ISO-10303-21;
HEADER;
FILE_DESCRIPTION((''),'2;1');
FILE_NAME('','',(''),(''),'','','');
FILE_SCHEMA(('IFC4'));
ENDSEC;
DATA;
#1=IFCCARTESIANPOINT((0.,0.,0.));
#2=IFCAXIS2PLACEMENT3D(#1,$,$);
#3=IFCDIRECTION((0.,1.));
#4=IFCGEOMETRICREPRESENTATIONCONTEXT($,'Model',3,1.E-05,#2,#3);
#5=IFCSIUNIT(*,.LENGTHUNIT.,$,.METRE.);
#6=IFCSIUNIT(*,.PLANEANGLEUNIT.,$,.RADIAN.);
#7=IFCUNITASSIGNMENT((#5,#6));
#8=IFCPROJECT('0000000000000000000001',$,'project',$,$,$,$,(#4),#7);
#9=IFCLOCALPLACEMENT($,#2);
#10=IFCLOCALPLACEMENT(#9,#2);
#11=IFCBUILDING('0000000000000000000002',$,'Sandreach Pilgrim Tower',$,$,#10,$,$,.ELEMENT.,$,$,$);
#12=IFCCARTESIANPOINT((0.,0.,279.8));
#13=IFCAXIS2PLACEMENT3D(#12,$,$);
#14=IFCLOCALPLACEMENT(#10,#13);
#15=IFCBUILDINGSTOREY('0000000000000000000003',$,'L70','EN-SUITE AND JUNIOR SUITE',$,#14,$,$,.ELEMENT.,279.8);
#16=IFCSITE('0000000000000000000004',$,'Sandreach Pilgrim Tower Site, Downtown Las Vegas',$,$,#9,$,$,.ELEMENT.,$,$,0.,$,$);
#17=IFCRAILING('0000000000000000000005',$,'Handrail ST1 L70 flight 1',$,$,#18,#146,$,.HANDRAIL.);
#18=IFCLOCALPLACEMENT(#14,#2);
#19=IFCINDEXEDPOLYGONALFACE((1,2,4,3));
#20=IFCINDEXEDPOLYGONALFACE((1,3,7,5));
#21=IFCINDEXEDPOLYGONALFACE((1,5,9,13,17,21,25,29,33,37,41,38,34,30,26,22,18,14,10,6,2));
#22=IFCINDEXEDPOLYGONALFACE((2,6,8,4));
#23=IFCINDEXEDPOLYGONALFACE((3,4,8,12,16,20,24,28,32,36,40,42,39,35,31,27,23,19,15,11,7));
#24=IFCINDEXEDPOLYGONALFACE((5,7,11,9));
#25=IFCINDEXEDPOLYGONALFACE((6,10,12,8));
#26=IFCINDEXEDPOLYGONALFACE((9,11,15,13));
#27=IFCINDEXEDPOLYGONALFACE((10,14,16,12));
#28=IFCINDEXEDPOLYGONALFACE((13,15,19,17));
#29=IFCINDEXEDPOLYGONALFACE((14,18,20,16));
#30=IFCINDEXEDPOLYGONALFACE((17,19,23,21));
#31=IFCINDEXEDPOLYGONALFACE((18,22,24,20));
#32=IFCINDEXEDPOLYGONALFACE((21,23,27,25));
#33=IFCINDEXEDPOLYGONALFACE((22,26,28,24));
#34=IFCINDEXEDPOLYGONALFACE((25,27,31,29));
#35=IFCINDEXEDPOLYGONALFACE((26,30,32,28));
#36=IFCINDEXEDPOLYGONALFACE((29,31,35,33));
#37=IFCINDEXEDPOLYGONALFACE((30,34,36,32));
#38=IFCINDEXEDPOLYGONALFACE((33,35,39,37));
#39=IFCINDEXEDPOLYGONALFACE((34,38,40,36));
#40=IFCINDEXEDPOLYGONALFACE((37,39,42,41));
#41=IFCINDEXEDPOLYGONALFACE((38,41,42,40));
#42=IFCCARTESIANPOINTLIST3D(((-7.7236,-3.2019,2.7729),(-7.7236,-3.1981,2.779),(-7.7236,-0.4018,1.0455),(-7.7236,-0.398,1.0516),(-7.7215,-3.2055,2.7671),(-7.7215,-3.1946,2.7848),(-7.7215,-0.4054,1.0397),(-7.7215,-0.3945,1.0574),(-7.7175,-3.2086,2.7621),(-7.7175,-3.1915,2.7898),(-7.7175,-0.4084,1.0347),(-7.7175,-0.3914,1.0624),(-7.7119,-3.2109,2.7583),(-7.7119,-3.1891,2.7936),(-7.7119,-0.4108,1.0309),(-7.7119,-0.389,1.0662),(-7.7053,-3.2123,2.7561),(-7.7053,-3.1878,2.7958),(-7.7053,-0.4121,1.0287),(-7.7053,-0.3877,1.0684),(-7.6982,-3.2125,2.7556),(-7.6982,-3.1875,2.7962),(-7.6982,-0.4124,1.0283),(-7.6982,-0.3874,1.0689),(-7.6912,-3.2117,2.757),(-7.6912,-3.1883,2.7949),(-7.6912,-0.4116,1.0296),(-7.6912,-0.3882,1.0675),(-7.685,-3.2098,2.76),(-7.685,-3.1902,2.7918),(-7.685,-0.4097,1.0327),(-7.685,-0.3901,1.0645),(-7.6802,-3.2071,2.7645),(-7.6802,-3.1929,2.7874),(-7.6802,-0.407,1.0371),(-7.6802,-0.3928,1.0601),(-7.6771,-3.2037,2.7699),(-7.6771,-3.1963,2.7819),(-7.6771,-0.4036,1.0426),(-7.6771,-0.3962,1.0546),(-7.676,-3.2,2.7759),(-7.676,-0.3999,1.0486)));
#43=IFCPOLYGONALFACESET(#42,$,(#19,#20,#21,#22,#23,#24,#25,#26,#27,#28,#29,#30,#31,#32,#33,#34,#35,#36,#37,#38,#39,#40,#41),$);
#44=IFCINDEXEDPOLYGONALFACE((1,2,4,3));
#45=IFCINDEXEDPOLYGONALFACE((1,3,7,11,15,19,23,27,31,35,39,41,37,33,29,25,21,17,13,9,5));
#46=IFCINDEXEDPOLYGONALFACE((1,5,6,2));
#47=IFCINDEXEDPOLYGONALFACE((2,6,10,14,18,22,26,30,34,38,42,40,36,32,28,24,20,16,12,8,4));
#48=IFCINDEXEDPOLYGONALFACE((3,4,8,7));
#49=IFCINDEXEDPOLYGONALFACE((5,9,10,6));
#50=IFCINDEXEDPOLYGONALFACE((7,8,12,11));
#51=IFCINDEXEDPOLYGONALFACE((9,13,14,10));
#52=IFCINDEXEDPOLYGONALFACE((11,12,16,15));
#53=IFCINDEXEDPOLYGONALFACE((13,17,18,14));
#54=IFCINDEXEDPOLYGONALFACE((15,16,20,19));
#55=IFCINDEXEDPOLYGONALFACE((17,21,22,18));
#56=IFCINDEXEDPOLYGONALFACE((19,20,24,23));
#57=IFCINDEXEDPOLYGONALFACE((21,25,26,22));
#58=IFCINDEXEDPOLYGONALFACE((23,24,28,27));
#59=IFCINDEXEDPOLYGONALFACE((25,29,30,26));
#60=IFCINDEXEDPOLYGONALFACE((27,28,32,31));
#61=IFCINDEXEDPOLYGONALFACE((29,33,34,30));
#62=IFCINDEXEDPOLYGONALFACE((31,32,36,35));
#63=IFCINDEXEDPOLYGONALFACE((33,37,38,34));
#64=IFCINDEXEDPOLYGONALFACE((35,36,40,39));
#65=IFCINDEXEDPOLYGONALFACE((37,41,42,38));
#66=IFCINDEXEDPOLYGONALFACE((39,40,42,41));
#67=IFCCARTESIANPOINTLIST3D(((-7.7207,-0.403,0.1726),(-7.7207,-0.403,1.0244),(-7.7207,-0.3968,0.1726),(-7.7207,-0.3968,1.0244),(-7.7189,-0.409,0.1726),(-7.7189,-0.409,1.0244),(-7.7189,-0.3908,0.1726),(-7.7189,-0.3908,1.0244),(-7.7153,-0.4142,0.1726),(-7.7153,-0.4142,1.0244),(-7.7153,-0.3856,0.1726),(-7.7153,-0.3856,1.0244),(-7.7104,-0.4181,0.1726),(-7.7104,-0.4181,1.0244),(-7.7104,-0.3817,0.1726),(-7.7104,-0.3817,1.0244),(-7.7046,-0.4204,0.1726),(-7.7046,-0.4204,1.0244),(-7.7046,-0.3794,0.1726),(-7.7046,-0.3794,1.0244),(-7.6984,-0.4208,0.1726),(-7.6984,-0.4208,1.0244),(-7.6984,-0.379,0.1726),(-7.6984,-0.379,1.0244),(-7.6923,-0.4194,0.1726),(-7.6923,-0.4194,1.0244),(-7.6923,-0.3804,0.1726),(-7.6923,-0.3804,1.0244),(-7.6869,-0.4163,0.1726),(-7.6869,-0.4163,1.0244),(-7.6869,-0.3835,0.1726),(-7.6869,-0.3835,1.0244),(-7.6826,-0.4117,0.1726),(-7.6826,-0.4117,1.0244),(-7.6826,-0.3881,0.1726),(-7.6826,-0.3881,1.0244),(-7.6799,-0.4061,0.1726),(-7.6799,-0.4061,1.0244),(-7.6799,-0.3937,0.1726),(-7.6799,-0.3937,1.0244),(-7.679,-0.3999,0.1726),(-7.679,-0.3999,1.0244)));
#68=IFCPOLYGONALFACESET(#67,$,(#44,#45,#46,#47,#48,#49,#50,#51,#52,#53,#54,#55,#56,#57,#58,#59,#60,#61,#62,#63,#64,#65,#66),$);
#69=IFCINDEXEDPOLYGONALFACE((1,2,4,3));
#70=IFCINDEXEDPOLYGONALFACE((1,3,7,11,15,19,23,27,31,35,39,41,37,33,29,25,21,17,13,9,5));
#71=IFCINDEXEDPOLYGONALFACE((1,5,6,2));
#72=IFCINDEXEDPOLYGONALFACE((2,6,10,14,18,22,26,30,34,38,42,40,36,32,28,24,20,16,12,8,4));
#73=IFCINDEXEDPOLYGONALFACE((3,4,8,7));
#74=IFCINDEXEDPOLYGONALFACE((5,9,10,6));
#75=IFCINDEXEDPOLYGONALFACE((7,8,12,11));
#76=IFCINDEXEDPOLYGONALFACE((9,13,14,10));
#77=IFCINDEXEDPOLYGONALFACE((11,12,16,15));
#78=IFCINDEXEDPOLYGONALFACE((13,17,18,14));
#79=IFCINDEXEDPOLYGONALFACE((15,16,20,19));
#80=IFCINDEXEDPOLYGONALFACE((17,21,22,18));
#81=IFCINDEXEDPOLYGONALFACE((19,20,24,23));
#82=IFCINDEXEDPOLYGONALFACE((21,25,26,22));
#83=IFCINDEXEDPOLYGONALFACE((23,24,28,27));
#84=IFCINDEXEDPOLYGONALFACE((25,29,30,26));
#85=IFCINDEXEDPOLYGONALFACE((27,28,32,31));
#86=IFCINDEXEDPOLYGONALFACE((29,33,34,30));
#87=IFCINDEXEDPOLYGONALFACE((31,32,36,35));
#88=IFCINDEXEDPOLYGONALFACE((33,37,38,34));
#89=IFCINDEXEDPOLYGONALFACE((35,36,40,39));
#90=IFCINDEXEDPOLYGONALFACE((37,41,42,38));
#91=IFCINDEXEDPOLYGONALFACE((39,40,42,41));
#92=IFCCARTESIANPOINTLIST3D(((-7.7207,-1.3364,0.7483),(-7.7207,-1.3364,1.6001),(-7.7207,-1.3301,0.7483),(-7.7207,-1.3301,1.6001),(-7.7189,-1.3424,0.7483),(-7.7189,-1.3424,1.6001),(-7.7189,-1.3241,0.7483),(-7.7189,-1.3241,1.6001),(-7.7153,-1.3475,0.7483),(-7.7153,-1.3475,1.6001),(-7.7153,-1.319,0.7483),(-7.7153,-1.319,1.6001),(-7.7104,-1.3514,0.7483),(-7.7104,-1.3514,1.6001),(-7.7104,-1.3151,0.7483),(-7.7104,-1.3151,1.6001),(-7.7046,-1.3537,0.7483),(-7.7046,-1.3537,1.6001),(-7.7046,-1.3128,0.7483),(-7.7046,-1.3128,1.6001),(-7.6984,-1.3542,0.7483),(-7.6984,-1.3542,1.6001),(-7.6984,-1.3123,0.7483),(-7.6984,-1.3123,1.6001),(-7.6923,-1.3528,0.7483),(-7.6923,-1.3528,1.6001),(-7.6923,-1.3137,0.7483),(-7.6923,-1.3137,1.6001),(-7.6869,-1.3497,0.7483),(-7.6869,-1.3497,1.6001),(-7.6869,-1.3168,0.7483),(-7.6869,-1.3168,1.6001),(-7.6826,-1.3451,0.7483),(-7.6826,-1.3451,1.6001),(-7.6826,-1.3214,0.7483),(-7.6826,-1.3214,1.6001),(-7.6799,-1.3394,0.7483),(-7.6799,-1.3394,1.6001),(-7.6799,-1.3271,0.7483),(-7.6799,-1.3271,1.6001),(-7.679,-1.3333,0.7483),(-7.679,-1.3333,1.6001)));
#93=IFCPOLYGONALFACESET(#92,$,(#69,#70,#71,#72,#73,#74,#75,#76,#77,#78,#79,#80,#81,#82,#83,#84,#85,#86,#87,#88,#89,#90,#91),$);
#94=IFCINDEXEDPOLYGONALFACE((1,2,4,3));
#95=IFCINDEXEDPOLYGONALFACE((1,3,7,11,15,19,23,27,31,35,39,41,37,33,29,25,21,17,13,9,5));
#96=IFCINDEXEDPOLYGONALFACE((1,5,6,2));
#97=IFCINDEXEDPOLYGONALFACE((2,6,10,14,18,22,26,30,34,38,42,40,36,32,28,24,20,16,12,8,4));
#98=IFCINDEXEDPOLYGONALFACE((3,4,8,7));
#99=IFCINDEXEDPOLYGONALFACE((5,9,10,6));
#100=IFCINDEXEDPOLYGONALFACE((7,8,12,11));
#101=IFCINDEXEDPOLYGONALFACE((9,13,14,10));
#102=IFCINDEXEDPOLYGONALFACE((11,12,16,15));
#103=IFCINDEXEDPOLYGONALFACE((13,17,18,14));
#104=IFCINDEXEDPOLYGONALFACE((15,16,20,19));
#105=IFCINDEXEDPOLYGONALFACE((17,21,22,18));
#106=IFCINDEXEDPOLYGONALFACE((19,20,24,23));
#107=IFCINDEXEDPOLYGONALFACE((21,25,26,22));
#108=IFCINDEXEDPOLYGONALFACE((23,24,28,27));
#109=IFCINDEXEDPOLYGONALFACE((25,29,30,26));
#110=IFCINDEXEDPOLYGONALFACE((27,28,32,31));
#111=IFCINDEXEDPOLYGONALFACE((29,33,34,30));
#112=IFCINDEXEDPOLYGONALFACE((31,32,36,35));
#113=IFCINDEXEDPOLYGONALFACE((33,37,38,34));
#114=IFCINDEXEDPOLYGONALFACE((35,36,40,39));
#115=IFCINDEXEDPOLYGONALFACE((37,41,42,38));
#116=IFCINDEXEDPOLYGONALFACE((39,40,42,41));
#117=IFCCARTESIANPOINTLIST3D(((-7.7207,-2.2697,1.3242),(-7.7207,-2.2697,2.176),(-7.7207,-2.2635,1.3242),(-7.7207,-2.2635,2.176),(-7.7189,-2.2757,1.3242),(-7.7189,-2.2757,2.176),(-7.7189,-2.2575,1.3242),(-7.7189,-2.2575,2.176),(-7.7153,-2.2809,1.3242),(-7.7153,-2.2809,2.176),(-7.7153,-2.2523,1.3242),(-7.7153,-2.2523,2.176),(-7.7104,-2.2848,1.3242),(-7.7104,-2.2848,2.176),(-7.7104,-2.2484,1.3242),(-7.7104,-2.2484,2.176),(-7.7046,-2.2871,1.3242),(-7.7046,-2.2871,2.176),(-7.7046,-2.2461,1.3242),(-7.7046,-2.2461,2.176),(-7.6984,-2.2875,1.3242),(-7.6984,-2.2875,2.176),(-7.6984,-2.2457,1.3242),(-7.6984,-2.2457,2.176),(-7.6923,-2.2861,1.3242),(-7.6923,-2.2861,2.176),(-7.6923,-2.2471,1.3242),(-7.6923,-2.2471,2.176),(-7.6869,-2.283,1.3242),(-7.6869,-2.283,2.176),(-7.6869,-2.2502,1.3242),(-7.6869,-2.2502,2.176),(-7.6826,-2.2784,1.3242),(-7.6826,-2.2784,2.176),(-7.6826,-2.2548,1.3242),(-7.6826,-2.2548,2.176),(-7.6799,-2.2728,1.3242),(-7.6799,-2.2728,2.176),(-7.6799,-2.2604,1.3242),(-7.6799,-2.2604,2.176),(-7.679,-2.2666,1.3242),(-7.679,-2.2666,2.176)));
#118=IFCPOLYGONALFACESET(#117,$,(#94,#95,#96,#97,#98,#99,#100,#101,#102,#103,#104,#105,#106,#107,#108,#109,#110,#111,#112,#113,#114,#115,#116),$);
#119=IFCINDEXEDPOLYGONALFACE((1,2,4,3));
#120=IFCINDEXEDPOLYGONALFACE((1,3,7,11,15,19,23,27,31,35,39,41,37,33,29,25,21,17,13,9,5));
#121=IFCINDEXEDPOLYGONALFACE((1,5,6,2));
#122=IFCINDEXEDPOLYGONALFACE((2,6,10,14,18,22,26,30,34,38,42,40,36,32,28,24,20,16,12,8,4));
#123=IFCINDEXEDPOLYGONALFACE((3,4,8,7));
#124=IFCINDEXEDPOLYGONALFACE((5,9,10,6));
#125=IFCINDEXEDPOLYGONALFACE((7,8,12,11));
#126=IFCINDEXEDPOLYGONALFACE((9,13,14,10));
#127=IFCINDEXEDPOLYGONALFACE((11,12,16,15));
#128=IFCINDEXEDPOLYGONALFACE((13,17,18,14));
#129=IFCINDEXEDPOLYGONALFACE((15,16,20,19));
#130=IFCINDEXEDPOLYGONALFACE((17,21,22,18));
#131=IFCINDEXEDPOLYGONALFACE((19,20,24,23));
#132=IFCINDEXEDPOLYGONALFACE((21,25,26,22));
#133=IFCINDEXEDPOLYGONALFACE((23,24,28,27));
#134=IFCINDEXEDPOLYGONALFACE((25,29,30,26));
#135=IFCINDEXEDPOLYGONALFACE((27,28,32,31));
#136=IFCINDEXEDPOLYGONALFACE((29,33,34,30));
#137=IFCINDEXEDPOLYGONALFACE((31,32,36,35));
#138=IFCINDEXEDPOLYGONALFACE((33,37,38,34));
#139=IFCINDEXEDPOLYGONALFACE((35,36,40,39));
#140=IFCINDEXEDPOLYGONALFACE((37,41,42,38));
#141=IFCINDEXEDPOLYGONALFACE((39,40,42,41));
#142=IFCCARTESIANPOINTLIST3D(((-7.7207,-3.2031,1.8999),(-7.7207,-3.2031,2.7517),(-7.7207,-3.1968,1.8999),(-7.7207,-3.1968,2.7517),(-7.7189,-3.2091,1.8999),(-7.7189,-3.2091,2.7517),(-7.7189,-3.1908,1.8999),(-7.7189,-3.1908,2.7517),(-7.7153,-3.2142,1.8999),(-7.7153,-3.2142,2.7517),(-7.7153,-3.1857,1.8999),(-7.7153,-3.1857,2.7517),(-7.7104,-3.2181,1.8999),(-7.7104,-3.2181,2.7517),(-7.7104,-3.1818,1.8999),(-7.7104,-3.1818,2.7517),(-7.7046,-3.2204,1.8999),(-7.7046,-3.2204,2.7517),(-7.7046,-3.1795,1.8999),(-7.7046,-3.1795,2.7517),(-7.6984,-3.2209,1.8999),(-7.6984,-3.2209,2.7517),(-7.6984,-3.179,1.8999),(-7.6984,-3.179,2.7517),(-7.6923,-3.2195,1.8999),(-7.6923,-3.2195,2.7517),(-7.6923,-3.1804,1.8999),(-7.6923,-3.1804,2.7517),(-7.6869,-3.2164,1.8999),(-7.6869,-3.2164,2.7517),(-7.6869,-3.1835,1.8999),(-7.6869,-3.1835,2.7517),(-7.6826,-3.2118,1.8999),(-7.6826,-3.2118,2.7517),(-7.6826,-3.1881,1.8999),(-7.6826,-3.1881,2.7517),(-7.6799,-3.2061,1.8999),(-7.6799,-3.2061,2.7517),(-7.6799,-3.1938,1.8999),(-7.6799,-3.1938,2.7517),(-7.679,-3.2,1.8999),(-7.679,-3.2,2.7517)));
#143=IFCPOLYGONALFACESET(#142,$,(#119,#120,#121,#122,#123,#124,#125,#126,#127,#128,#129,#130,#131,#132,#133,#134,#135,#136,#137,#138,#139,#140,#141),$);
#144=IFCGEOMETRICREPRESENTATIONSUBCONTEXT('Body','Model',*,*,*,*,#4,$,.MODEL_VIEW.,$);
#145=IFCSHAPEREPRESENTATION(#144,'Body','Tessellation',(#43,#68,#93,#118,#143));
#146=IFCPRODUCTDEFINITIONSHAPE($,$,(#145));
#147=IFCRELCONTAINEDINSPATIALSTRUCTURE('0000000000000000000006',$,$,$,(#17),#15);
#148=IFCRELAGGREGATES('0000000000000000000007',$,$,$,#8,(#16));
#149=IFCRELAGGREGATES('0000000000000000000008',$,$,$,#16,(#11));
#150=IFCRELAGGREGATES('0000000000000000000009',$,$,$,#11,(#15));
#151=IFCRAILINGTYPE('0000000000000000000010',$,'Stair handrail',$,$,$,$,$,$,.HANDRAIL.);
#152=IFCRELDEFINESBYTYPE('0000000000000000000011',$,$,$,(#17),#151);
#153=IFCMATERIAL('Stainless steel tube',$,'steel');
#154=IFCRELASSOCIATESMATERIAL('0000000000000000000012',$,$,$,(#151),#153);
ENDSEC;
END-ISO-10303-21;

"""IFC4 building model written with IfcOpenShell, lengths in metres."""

from ifc_helpers import new_model, si_unit, direction, frame, origin, origin_2d, place, context, subcontext, project, spatial, circle, extrude, material, type_object, element, save


model = new_model("IFC4")

# Units and contexts
model_context = context("Model", 3, precision=1e-05, world=origin(), true_north=direction((0.0, 1.0)))
body_context = subcontext(model_context, "Body", "Model", "MODEL_VIEW")
ifc_project = project(units=[si_unit("LENGTHUNIT", "METRE"), si_unit("PLANEANGLEUNIT", "RADIAN")], contexts=[model_context])

# Site, building, storey
site_placement = place(None, origin())
site = spatial("IfcSite", under=ifc_project, at=site_placement, Name="Sandreach Pilgrim Tower Site, Downtown Las Vegas", CompositionType="ELEMENT", RefElevation=0.0)
building_placement = place(site_placement, origin())
building = spatial("IfcBuilding", under=site, at=building_placement, Name="Sandreach Pilgrim Tower", CompositionType="ELEMENT")
storey_placement = place(building_placement, frame((0.0, 0.0, 279.8)))
storey = spatial("IfcBuildingStorey", under=building, at=storey_placement, Name="L70", Description="EN-SUITE AND JUNIOR SUITE", CompositionType="ELEMENT", Elevation=279.8)

# Railing
ifc_material_1 = material(Name="Stainless steel tube", Category="steel")
railing_type = type_object("IfcRailingType", Name="Stair handrail", PredefinedType="HANDRAIL", material=ifc_material_1)
for number, where, name in (
    (1, (-7.7, -0.3999, 0.1726), "Handrail ST1 L70 flight 1"),
):
    element("IfcRailing", number, at=place(storey_placement, frame(where)), inside=storey, type_object=railing_type, Name=name, PredefinedType="HANDRAIL", context=body_context, shape_type="SweptSolid", body=[
        extrude(circle(Radius=0.0239, at=origin_2d()), frame((0.0, 0.0, 0.876), z_axis=(0.0, -0.85109, 0.52502), x_axis=(1.0, 0.0, 0.0)), (0.0, 0.0, 1.0), 3.29),
        extrude(circle(Radius=0.021, at=origin_2d()), origin(), (0.0, 0.0, 1.0), 0.8518),
        extrude(circle(Radius=0.021, at=origin_2d()), frame((0.0, -0.9333, 0.5757)), (0.0, 0.0, 1.0), 0.8518),
        extrude(circle(Radius=0.021, at=origin_2d()), frame((0.0, -1.8667, 1.1516)), (0.0, 0.0, 1.0), 0.8518),
        extrude(circle(Radius=0.021, at=origin_2d()), frame((0.0, -2.8, 1.7273)), (0.0, 0.0, 1.0), 0.8518),
    ])

save(model, "model.ifc")
